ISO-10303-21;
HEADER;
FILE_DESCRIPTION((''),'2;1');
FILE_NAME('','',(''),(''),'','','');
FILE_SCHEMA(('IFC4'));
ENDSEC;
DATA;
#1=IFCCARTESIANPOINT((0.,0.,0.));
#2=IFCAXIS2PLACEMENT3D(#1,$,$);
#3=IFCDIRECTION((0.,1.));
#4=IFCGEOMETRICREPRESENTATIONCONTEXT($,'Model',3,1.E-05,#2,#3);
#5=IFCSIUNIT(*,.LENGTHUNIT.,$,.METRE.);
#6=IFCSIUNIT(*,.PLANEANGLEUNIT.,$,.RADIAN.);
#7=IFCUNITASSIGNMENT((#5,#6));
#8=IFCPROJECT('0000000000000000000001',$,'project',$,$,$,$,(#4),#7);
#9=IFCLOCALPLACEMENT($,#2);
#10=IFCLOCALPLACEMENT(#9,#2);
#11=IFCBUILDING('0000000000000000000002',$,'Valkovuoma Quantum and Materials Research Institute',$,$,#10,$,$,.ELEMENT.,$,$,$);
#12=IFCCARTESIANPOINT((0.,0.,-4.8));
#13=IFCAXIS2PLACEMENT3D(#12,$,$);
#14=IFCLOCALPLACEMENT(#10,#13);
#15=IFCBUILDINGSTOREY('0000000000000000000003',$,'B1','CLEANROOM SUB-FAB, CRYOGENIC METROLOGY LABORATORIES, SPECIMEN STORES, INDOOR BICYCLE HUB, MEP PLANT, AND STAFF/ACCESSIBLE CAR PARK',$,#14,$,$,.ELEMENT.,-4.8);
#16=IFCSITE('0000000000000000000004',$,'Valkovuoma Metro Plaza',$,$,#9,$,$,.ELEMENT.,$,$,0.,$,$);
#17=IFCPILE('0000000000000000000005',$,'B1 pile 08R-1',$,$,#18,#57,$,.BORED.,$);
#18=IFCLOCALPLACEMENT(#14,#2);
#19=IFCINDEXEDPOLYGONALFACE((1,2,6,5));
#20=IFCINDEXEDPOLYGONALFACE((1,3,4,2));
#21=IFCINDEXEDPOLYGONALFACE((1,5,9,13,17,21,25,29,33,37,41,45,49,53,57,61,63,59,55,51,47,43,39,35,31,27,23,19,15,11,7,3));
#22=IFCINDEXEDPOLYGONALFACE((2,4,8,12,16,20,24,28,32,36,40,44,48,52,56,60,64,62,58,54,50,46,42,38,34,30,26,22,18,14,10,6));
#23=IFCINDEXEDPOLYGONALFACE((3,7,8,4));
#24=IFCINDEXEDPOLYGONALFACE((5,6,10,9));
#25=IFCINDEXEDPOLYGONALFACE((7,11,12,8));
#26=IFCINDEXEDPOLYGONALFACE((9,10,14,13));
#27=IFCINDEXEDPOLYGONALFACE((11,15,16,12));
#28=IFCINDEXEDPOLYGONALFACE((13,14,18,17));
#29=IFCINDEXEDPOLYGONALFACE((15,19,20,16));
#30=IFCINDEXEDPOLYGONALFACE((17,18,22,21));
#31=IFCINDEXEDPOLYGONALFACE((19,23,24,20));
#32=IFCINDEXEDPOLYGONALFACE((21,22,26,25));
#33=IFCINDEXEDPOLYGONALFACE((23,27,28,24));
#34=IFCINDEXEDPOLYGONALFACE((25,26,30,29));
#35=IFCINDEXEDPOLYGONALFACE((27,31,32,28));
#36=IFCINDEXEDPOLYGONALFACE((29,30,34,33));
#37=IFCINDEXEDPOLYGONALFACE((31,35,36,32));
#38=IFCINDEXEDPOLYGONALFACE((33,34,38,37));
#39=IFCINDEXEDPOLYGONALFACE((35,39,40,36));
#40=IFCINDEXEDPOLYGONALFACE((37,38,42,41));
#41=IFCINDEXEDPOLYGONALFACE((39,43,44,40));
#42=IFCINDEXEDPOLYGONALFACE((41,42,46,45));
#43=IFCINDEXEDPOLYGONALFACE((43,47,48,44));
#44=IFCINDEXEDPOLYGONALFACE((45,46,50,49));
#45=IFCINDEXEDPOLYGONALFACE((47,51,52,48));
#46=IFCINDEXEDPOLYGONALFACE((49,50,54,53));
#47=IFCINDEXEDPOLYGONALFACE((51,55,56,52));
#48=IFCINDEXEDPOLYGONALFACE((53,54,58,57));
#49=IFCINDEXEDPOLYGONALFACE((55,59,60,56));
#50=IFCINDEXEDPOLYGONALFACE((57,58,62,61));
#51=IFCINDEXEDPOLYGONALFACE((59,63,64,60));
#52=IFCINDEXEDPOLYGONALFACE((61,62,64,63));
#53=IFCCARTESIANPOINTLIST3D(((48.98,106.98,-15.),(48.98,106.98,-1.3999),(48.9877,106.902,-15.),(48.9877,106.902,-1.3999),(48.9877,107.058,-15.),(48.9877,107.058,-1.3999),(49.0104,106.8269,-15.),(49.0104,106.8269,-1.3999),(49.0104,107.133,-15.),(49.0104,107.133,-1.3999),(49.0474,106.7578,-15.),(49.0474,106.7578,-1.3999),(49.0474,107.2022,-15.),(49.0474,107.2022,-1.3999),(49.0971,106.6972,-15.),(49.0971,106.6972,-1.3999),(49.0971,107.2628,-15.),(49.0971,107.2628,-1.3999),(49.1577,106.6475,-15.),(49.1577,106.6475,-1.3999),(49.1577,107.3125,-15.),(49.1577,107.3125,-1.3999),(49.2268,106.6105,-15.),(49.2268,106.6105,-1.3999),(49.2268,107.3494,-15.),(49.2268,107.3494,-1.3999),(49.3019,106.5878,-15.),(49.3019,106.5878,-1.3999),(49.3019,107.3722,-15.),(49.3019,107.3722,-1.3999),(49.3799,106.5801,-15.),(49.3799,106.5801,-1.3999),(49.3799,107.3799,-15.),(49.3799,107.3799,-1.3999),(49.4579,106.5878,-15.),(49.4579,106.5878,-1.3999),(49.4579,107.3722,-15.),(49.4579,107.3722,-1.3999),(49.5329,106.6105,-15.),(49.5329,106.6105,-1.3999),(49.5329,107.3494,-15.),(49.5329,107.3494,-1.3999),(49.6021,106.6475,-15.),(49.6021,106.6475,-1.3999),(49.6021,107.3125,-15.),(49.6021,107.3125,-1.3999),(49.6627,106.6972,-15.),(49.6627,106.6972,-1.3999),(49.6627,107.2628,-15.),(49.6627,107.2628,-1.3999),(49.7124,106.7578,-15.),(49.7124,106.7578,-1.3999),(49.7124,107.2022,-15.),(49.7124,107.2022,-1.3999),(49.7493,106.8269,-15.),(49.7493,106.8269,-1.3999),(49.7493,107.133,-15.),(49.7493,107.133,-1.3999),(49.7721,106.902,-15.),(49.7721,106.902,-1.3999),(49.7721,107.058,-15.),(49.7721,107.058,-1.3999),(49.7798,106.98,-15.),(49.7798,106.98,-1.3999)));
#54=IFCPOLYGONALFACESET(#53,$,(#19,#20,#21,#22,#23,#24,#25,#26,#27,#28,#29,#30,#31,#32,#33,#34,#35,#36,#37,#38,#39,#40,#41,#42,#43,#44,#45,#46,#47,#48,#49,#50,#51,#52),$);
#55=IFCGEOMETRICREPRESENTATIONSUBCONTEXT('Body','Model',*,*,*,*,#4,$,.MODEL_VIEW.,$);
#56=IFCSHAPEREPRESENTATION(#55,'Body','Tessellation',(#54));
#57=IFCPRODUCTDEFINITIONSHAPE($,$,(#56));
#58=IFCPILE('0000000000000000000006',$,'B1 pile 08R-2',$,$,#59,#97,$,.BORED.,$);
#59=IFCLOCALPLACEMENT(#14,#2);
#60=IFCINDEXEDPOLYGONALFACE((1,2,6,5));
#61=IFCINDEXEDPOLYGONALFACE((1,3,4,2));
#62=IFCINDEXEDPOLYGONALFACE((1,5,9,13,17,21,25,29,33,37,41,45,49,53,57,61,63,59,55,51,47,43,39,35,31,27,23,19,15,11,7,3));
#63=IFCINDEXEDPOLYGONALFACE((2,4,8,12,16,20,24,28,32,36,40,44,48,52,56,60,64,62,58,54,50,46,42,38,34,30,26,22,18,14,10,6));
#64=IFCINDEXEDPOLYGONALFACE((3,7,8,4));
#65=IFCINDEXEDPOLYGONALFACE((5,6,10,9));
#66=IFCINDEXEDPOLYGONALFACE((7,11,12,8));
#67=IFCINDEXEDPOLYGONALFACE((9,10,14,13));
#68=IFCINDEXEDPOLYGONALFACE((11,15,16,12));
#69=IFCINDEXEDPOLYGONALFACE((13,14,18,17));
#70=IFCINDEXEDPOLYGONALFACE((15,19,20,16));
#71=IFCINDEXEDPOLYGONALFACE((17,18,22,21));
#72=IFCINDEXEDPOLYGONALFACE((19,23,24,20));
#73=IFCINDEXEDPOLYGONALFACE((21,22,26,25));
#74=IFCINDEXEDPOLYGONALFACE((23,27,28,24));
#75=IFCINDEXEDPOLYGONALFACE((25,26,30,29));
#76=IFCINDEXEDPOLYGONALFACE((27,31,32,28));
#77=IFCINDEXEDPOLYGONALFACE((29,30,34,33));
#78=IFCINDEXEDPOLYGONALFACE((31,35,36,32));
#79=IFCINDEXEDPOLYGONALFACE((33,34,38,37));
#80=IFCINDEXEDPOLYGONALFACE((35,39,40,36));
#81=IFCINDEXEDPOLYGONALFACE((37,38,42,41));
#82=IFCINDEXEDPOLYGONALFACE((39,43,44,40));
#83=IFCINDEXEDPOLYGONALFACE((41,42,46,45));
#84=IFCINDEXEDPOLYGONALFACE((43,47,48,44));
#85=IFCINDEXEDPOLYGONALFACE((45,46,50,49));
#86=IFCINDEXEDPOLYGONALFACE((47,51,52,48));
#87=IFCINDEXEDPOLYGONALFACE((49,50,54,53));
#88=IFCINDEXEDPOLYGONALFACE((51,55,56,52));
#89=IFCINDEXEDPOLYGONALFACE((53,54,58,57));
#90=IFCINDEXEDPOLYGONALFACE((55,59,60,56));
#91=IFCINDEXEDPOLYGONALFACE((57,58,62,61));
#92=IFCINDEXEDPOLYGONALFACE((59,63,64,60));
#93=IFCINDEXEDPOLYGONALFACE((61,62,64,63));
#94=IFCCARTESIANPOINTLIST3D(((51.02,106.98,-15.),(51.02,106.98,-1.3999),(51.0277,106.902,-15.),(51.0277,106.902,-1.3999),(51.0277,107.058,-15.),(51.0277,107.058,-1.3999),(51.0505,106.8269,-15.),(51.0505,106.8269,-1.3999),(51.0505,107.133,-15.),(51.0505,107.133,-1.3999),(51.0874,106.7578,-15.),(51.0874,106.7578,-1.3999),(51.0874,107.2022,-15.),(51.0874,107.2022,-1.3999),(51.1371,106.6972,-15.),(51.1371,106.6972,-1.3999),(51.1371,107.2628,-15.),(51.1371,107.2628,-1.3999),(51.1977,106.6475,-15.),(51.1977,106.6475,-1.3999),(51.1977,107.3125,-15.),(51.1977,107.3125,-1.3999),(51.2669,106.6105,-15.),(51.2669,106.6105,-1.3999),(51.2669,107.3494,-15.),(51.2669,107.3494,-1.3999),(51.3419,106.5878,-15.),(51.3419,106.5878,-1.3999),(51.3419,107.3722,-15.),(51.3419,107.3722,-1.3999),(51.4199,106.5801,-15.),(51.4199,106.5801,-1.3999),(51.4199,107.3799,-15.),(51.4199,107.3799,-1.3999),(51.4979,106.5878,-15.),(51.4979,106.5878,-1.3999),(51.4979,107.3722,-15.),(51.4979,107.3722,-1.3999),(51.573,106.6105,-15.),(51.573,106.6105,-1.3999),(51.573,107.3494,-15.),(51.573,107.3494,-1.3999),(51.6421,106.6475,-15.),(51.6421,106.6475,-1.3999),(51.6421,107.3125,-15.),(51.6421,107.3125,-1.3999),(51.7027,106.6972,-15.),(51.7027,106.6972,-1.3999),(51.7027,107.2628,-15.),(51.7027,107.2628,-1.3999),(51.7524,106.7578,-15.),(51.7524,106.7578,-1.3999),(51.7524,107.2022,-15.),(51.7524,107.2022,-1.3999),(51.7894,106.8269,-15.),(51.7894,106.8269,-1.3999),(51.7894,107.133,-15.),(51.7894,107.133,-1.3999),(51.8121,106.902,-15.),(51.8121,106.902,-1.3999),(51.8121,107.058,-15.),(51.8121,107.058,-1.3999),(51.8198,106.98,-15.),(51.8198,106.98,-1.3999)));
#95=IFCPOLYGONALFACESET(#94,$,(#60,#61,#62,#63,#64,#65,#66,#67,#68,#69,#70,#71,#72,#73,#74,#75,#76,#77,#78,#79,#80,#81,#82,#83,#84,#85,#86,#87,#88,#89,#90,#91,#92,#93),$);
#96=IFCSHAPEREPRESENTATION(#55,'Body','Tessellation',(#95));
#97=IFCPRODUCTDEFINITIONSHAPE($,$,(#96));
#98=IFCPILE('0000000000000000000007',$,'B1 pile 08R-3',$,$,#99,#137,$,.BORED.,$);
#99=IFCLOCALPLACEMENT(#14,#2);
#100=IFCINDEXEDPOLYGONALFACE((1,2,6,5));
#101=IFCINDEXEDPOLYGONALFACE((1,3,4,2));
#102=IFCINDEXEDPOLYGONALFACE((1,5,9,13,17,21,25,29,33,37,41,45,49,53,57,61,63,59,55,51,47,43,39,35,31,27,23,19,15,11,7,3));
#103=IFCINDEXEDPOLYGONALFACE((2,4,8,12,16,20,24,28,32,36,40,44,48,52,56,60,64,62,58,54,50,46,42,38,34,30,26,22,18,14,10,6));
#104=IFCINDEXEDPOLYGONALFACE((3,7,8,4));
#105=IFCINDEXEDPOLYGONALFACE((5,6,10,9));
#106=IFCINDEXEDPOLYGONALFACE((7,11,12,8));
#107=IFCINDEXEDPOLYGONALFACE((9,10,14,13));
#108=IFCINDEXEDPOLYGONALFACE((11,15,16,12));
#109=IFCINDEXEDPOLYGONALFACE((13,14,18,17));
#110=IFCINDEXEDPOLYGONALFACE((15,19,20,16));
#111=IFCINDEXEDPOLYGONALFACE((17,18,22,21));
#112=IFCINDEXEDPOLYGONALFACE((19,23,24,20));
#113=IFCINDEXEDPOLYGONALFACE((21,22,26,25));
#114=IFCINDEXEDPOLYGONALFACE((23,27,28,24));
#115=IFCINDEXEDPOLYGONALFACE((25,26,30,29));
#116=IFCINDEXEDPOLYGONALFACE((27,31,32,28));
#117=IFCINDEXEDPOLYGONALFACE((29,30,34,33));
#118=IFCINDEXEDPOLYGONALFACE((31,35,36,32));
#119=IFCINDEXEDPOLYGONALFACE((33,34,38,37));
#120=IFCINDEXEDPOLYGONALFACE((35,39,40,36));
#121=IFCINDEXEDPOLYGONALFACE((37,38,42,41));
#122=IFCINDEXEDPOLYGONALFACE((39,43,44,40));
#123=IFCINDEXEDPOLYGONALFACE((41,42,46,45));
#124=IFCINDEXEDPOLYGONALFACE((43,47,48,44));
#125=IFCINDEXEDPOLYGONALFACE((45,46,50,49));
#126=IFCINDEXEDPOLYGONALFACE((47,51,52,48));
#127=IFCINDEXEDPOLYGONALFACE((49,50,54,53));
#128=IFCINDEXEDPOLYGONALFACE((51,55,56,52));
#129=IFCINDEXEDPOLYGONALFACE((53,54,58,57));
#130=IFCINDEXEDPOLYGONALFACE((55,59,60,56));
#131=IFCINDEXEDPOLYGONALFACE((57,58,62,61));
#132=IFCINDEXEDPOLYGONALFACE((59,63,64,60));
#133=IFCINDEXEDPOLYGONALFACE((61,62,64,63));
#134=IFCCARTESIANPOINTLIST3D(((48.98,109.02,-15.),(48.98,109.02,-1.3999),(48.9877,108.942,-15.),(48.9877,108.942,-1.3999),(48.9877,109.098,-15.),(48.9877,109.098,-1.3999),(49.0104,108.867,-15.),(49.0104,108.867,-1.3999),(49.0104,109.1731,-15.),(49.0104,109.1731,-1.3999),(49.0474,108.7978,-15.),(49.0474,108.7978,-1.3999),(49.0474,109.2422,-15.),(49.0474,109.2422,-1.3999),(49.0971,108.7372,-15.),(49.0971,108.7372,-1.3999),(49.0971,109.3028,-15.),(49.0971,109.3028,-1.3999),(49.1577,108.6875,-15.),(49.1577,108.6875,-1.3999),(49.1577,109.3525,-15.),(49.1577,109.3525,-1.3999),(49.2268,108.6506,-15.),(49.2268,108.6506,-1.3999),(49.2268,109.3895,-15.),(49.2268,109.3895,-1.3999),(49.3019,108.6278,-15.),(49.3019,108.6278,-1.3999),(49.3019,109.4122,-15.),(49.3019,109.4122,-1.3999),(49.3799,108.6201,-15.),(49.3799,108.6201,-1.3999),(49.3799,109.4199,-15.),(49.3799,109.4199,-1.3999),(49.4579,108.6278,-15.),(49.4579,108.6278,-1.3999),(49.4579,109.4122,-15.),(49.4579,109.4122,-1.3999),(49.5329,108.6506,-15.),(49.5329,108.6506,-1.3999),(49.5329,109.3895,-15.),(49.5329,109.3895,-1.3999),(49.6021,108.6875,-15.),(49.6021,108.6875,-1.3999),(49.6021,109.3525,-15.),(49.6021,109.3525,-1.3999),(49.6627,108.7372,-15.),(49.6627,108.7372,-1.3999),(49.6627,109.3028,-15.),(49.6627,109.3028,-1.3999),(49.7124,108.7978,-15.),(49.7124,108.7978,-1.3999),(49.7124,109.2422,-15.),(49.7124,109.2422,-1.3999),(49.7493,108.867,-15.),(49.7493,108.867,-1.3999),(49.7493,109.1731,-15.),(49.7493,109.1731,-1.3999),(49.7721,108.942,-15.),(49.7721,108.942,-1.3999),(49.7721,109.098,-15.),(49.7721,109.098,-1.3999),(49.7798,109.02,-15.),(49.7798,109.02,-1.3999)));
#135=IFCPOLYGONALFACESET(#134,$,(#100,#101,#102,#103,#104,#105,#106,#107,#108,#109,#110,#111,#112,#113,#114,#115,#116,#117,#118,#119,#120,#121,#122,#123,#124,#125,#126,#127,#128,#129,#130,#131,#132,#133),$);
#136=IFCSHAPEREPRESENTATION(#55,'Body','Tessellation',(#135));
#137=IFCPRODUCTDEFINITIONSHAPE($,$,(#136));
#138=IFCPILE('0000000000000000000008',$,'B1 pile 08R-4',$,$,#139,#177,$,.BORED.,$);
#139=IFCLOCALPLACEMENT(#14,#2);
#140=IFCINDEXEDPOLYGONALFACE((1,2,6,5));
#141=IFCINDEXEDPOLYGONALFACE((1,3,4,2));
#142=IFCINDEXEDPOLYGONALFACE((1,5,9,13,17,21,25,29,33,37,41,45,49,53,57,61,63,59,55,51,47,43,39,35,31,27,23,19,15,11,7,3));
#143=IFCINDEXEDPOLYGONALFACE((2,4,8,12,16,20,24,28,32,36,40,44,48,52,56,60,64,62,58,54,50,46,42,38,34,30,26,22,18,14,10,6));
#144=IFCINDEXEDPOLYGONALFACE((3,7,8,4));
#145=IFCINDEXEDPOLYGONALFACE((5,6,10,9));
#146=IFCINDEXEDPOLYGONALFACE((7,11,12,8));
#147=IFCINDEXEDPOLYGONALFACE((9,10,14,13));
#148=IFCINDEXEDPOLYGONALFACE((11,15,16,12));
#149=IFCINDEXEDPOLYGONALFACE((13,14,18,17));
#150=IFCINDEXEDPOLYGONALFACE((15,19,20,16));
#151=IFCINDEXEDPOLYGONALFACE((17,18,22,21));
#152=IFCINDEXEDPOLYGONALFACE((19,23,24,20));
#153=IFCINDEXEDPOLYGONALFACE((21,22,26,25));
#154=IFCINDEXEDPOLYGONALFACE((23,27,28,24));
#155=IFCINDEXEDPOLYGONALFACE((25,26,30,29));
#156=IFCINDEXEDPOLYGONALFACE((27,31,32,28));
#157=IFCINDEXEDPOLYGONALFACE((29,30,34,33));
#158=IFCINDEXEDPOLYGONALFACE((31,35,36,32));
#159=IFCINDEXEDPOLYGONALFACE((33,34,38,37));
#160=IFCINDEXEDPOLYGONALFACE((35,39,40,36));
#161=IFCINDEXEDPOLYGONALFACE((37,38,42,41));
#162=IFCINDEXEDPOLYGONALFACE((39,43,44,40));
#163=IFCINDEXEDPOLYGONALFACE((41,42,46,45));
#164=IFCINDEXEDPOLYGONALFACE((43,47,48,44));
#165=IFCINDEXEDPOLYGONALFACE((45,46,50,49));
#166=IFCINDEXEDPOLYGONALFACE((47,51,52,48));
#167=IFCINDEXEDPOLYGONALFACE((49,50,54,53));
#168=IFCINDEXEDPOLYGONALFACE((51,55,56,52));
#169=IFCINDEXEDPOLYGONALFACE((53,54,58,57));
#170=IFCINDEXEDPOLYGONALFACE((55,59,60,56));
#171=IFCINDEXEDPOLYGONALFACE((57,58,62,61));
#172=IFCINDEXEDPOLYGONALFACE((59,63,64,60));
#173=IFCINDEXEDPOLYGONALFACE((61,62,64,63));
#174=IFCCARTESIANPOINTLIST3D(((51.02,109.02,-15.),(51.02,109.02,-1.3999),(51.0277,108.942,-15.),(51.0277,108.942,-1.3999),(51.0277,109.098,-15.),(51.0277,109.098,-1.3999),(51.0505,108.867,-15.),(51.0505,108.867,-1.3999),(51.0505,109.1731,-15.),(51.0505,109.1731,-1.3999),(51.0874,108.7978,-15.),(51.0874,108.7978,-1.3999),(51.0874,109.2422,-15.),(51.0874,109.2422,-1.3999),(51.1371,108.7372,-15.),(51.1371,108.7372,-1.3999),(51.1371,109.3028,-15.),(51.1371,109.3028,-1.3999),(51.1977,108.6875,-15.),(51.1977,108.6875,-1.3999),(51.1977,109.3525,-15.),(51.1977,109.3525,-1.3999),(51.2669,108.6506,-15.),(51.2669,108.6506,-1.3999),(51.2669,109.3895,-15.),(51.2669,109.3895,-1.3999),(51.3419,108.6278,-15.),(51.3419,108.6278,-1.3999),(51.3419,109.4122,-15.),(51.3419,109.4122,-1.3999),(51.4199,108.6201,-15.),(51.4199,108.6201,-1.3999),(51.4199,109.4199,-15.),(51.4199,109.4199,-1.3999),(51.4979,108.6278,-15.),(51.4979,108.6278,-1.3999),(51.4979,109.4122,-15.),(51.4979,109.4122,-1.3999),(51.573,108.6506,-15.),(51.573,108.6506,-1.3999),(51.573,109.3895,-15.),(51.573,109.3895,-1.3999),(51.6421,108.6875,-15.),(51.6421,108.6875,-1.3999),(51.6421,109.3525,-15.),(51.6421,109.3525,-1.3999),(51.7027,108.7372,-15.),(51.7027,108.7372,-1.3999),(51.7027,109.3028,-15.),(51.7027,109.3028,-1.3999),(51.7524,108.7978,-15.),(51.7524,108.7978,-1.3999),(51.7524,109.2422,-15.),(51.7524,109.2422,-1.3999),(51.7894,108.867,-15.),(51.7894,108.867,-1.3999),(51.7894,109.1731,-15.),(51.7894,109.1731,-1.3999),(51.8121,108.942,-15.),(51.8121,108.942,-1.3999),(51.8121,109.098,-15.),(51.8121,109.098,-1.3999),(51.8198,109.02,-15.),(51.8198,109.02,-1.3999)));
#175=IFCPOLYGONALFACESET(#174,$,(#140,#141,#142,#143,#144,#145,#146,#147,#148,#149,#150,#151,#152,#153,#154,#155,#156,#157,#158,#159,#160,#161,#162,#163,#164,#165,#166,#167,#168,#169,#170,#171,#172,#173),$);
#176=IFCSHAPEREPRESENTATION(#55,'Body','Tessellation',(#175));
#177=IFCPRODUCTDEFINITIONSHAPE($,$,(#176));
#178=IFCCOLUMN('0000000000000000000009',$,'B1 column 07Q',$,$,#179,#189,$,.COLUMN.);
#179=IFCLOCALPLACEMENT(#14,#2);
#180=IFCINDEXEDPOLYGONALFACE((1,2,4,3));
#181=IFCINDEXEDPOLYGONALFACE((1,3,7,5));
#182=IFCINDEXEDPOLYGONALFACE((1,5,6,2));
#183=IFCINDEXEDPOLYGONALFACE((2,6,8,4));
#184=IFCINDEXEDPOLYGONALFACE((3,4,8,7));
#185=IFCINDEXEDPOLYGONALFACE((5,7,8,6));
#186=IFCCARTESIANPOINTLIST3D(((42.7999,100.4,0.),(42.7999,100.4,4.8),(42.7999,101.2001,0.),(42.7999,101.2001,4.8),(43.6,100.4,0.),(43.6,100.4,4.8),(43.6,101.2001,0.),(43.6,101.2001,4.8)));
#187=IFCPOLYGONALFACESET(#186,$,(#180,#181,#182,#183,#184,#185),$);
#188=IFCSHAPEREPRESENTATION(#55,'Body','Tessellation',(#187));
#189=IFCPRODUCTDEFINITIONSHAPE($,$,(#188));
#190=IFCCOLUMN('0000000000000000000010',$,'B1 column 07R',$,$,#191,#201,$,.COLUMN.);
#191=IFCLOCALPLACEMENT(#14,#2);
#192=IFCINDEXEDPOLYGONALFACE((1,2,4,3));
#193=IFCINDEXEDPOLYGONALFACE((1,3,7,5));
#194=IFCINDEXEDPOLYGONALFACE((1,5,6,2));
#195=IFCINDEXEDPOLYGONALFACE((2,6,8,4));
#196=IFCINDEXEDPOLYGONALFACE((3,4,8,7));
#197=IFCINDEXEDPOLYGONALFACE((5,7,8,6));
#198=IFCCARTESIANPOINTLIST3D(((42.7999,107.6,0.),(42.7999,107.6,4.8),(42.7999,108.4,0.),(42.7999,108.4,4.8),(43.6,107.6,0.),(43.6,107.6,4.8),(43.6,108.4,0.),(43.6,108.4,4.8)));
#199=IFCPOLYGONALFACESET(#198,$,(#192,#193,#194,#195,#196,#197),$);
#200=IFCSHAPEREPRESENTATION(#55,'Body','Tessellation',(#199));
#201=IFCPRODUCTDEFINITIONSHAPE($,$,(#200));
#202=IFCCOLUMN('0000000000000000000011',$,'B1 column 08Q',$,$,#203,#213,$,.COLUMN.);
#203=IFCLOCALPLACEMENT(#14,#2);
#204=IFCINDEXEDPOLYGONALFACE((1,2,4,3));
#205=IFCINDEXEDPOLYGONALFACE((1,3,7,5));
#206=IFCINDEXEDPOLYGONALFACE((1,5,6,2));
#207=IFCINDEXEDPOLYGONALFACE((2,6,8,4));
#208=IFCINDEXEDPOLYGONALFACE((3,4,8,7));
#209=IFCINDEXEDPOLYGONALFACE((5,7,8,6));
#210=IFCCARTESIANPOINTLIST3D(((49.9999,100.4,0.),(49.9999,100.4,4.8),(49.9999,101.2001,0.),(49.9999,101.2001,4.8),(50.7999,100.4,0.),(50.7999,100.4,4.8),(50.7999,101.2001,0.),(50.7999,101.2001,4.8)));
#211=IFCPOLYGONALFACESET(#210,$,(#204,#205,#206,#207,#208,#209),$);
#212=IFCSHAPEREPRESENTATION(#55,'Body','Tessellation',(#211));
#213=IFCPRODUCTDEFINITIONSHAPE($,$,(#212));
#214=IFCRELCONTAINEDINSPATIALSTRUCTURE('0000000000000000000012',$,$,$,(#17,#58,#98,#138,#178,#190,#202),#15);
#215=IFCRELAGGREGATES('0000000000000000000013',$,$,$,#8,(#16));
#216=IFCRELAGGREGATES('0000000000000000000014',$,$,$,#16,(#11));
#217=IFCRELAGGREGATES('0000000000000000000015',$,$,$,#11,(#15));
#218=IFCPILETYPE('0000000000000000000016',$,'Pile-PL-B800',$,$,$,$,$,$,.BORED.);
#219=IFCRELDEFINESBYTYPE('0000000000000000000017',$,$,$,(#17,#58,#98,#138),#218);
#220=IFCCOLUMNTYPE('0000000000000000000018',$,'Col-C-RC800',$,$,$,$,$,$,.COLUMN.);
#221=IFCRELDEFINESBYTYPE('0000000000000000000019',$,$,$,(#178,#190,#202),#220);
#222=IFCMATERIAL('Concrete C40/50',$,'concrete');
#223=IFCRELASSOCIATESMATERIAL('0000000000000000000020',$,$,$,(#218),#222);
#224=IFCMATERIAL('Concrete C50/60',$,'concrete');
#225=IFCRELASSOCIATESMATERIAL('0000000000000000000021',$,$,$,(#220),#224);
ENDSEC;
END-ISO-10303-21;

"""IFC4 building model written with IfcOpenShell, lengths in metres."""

from ifc_helpers import new_model, si_unit, direction, frame, origin, origin_2d, place, context, subcontext, project, spatial, rectangle, circle, extrude, material, material_profile, profile_set, type_object, element, save


model = new_model("IFC4")

# Units and contexts
model_context = context("Model", 3, precision=1e-05, world=origin(), true_north=direction((0.0, 1.0)))
body_context = subcontext(model_context, "Body", "Model", "MODEL_VIEW")
ifc_project = project(units=[si_unit("LENGTHUNIT", "METRE"), si_unit("PLANEANGLEUNIT", "RADIAN")], contexts=[model_context])

# Site, building, storey
site_placement = place(None, origin())
site = spatial("IfcSite", under=ifc_project, at=site_placement, Name="Valkovuoma Metro Plaza", CompositionType="ELEMENT", RefElevation=0.0)
building_placement = place(site_placement, origin())
building = spatial("IfcBuilding", under=site, at=building_placement, Name="Valkovuoma Quantum and Materials Research Institute", CompositionType="ELEMENT")
storey_placement = place(building_placement, frame((0.0, 0.0, -4.8)))
storey = spatial("IfcBuildingStorey", under=building, at=storey_placement, Name="B1", Description="CLEANROOM SUB-FAB, CRYOGENIC METROLOGY LABORATORIES, SPECIMEN STORES, INDOOR BICYCLE HUB, MEP PLANT, AND STAFF/ACCESSIBLE CAR PARK", CompositionType="ELEMENT", Elevation=-4.8)

# Piles
ifc_material_1 = material(Name="Concrete C40/50", Category="concrete")
ifc_material_profile_1 = material_profile(ifc_material_1, circle(Radius=0.3999, at=origin_2d()), Name="Concrete C40/50")
ifc_profile_set_1 = profile_set([ifc_material_profile_1], Name="Concrete C40/50")
pile_type_1 = type_object("IfcPileType", Name="Pile-PL-B800", PredefinedType="BORED", material=ifc_profile_set_1)
for number, where, z_axis, x_axis, name in (
    (1, (49.3799, 106.98, -1.3999), (0.0, 0.0, -1.0), (1.0, 0.0, 0.0), "B1 pile 08R-1"),
    (2, (51.4199, 106.98, -1.3999), (0.0, 0.0, -1.0), (1.0, 0.0, 0.0), "B1 pile 08R-2"),
    (3, (49.3799, 109.02, -1.3999), (0.0, 0.0, -1.0), (1.0, 0.0, 0.0), "B1 pile 08R-3"),
    (4, (51.4199, 109.02, -1.3999), (0.0, 0.0, -1.0), (1.0, 0.0, 0.0), "B1 pile 08R-4"),
):
    element("IfcPile", number, at=place(storey_placement, frame(where, z_axis=z_axis, x_axis=x_axis)), inside=storey, type_object=pile_type_1, Name=name, PredefinedType="BORED", context=body_context, shape_type="SweptSolid", body=[
        extrude(circle(Radius=0.3999, at=origin_2d()), origin(), (0.0, 0.0, 1.0), 13.6001),
    ])

# Columns
ifc_material_2 = material(Name="Concrete C50/60", Category="concrete")
ifc_material_profile_2 = material_profile(ifc_material_2, rectangle(XDim=0.8, YDim=0.8, at=origin_2d()), Name="Concrete C50/60")
ifc_profile_set_2 = profile_set([ifc_material_profile_2], Name="Concrete C50/60")
column_type = type_object("IfcColumnType", Name="Col-C-RC800", PredefinedType="COLUMN", material=ifc_profile_set_2)
for number, where, z_axis, x_axis, name in (
    (5, (43.2, 100.8, 0.0), (0.0, 0.0, 1.0), (1.0, 0.0, 0.0), "B1 column 07Q"),
    (6, (43.2, 108.0, 0.0), (0.0, 0.0, 1.0), (1.0, 0.0, 0.0), "B1 column 07R"),
    (7, (50.3999, 100.8, 0.0), (0.0, 0.0, 1.0), (1.0, 0.0, 0.0), "B1 column 08Q"),
):
    element("IfcColumn", number, at=place(storey_placement, frame(where, z_axis=z_axis, x_axis=x_axis)), inside=storey, type_object=column_type, Name=name, PredefinedType="COLUMN", context=body_context, shape_type="SweptSolid", body=[
        extrude(rectangle(XDim=0.8, YDim=0.8, at=origin_2d()), origin(), (0.0, 0.0, 1.0), 4.8),
    ])

save(model, "model.ifc")
